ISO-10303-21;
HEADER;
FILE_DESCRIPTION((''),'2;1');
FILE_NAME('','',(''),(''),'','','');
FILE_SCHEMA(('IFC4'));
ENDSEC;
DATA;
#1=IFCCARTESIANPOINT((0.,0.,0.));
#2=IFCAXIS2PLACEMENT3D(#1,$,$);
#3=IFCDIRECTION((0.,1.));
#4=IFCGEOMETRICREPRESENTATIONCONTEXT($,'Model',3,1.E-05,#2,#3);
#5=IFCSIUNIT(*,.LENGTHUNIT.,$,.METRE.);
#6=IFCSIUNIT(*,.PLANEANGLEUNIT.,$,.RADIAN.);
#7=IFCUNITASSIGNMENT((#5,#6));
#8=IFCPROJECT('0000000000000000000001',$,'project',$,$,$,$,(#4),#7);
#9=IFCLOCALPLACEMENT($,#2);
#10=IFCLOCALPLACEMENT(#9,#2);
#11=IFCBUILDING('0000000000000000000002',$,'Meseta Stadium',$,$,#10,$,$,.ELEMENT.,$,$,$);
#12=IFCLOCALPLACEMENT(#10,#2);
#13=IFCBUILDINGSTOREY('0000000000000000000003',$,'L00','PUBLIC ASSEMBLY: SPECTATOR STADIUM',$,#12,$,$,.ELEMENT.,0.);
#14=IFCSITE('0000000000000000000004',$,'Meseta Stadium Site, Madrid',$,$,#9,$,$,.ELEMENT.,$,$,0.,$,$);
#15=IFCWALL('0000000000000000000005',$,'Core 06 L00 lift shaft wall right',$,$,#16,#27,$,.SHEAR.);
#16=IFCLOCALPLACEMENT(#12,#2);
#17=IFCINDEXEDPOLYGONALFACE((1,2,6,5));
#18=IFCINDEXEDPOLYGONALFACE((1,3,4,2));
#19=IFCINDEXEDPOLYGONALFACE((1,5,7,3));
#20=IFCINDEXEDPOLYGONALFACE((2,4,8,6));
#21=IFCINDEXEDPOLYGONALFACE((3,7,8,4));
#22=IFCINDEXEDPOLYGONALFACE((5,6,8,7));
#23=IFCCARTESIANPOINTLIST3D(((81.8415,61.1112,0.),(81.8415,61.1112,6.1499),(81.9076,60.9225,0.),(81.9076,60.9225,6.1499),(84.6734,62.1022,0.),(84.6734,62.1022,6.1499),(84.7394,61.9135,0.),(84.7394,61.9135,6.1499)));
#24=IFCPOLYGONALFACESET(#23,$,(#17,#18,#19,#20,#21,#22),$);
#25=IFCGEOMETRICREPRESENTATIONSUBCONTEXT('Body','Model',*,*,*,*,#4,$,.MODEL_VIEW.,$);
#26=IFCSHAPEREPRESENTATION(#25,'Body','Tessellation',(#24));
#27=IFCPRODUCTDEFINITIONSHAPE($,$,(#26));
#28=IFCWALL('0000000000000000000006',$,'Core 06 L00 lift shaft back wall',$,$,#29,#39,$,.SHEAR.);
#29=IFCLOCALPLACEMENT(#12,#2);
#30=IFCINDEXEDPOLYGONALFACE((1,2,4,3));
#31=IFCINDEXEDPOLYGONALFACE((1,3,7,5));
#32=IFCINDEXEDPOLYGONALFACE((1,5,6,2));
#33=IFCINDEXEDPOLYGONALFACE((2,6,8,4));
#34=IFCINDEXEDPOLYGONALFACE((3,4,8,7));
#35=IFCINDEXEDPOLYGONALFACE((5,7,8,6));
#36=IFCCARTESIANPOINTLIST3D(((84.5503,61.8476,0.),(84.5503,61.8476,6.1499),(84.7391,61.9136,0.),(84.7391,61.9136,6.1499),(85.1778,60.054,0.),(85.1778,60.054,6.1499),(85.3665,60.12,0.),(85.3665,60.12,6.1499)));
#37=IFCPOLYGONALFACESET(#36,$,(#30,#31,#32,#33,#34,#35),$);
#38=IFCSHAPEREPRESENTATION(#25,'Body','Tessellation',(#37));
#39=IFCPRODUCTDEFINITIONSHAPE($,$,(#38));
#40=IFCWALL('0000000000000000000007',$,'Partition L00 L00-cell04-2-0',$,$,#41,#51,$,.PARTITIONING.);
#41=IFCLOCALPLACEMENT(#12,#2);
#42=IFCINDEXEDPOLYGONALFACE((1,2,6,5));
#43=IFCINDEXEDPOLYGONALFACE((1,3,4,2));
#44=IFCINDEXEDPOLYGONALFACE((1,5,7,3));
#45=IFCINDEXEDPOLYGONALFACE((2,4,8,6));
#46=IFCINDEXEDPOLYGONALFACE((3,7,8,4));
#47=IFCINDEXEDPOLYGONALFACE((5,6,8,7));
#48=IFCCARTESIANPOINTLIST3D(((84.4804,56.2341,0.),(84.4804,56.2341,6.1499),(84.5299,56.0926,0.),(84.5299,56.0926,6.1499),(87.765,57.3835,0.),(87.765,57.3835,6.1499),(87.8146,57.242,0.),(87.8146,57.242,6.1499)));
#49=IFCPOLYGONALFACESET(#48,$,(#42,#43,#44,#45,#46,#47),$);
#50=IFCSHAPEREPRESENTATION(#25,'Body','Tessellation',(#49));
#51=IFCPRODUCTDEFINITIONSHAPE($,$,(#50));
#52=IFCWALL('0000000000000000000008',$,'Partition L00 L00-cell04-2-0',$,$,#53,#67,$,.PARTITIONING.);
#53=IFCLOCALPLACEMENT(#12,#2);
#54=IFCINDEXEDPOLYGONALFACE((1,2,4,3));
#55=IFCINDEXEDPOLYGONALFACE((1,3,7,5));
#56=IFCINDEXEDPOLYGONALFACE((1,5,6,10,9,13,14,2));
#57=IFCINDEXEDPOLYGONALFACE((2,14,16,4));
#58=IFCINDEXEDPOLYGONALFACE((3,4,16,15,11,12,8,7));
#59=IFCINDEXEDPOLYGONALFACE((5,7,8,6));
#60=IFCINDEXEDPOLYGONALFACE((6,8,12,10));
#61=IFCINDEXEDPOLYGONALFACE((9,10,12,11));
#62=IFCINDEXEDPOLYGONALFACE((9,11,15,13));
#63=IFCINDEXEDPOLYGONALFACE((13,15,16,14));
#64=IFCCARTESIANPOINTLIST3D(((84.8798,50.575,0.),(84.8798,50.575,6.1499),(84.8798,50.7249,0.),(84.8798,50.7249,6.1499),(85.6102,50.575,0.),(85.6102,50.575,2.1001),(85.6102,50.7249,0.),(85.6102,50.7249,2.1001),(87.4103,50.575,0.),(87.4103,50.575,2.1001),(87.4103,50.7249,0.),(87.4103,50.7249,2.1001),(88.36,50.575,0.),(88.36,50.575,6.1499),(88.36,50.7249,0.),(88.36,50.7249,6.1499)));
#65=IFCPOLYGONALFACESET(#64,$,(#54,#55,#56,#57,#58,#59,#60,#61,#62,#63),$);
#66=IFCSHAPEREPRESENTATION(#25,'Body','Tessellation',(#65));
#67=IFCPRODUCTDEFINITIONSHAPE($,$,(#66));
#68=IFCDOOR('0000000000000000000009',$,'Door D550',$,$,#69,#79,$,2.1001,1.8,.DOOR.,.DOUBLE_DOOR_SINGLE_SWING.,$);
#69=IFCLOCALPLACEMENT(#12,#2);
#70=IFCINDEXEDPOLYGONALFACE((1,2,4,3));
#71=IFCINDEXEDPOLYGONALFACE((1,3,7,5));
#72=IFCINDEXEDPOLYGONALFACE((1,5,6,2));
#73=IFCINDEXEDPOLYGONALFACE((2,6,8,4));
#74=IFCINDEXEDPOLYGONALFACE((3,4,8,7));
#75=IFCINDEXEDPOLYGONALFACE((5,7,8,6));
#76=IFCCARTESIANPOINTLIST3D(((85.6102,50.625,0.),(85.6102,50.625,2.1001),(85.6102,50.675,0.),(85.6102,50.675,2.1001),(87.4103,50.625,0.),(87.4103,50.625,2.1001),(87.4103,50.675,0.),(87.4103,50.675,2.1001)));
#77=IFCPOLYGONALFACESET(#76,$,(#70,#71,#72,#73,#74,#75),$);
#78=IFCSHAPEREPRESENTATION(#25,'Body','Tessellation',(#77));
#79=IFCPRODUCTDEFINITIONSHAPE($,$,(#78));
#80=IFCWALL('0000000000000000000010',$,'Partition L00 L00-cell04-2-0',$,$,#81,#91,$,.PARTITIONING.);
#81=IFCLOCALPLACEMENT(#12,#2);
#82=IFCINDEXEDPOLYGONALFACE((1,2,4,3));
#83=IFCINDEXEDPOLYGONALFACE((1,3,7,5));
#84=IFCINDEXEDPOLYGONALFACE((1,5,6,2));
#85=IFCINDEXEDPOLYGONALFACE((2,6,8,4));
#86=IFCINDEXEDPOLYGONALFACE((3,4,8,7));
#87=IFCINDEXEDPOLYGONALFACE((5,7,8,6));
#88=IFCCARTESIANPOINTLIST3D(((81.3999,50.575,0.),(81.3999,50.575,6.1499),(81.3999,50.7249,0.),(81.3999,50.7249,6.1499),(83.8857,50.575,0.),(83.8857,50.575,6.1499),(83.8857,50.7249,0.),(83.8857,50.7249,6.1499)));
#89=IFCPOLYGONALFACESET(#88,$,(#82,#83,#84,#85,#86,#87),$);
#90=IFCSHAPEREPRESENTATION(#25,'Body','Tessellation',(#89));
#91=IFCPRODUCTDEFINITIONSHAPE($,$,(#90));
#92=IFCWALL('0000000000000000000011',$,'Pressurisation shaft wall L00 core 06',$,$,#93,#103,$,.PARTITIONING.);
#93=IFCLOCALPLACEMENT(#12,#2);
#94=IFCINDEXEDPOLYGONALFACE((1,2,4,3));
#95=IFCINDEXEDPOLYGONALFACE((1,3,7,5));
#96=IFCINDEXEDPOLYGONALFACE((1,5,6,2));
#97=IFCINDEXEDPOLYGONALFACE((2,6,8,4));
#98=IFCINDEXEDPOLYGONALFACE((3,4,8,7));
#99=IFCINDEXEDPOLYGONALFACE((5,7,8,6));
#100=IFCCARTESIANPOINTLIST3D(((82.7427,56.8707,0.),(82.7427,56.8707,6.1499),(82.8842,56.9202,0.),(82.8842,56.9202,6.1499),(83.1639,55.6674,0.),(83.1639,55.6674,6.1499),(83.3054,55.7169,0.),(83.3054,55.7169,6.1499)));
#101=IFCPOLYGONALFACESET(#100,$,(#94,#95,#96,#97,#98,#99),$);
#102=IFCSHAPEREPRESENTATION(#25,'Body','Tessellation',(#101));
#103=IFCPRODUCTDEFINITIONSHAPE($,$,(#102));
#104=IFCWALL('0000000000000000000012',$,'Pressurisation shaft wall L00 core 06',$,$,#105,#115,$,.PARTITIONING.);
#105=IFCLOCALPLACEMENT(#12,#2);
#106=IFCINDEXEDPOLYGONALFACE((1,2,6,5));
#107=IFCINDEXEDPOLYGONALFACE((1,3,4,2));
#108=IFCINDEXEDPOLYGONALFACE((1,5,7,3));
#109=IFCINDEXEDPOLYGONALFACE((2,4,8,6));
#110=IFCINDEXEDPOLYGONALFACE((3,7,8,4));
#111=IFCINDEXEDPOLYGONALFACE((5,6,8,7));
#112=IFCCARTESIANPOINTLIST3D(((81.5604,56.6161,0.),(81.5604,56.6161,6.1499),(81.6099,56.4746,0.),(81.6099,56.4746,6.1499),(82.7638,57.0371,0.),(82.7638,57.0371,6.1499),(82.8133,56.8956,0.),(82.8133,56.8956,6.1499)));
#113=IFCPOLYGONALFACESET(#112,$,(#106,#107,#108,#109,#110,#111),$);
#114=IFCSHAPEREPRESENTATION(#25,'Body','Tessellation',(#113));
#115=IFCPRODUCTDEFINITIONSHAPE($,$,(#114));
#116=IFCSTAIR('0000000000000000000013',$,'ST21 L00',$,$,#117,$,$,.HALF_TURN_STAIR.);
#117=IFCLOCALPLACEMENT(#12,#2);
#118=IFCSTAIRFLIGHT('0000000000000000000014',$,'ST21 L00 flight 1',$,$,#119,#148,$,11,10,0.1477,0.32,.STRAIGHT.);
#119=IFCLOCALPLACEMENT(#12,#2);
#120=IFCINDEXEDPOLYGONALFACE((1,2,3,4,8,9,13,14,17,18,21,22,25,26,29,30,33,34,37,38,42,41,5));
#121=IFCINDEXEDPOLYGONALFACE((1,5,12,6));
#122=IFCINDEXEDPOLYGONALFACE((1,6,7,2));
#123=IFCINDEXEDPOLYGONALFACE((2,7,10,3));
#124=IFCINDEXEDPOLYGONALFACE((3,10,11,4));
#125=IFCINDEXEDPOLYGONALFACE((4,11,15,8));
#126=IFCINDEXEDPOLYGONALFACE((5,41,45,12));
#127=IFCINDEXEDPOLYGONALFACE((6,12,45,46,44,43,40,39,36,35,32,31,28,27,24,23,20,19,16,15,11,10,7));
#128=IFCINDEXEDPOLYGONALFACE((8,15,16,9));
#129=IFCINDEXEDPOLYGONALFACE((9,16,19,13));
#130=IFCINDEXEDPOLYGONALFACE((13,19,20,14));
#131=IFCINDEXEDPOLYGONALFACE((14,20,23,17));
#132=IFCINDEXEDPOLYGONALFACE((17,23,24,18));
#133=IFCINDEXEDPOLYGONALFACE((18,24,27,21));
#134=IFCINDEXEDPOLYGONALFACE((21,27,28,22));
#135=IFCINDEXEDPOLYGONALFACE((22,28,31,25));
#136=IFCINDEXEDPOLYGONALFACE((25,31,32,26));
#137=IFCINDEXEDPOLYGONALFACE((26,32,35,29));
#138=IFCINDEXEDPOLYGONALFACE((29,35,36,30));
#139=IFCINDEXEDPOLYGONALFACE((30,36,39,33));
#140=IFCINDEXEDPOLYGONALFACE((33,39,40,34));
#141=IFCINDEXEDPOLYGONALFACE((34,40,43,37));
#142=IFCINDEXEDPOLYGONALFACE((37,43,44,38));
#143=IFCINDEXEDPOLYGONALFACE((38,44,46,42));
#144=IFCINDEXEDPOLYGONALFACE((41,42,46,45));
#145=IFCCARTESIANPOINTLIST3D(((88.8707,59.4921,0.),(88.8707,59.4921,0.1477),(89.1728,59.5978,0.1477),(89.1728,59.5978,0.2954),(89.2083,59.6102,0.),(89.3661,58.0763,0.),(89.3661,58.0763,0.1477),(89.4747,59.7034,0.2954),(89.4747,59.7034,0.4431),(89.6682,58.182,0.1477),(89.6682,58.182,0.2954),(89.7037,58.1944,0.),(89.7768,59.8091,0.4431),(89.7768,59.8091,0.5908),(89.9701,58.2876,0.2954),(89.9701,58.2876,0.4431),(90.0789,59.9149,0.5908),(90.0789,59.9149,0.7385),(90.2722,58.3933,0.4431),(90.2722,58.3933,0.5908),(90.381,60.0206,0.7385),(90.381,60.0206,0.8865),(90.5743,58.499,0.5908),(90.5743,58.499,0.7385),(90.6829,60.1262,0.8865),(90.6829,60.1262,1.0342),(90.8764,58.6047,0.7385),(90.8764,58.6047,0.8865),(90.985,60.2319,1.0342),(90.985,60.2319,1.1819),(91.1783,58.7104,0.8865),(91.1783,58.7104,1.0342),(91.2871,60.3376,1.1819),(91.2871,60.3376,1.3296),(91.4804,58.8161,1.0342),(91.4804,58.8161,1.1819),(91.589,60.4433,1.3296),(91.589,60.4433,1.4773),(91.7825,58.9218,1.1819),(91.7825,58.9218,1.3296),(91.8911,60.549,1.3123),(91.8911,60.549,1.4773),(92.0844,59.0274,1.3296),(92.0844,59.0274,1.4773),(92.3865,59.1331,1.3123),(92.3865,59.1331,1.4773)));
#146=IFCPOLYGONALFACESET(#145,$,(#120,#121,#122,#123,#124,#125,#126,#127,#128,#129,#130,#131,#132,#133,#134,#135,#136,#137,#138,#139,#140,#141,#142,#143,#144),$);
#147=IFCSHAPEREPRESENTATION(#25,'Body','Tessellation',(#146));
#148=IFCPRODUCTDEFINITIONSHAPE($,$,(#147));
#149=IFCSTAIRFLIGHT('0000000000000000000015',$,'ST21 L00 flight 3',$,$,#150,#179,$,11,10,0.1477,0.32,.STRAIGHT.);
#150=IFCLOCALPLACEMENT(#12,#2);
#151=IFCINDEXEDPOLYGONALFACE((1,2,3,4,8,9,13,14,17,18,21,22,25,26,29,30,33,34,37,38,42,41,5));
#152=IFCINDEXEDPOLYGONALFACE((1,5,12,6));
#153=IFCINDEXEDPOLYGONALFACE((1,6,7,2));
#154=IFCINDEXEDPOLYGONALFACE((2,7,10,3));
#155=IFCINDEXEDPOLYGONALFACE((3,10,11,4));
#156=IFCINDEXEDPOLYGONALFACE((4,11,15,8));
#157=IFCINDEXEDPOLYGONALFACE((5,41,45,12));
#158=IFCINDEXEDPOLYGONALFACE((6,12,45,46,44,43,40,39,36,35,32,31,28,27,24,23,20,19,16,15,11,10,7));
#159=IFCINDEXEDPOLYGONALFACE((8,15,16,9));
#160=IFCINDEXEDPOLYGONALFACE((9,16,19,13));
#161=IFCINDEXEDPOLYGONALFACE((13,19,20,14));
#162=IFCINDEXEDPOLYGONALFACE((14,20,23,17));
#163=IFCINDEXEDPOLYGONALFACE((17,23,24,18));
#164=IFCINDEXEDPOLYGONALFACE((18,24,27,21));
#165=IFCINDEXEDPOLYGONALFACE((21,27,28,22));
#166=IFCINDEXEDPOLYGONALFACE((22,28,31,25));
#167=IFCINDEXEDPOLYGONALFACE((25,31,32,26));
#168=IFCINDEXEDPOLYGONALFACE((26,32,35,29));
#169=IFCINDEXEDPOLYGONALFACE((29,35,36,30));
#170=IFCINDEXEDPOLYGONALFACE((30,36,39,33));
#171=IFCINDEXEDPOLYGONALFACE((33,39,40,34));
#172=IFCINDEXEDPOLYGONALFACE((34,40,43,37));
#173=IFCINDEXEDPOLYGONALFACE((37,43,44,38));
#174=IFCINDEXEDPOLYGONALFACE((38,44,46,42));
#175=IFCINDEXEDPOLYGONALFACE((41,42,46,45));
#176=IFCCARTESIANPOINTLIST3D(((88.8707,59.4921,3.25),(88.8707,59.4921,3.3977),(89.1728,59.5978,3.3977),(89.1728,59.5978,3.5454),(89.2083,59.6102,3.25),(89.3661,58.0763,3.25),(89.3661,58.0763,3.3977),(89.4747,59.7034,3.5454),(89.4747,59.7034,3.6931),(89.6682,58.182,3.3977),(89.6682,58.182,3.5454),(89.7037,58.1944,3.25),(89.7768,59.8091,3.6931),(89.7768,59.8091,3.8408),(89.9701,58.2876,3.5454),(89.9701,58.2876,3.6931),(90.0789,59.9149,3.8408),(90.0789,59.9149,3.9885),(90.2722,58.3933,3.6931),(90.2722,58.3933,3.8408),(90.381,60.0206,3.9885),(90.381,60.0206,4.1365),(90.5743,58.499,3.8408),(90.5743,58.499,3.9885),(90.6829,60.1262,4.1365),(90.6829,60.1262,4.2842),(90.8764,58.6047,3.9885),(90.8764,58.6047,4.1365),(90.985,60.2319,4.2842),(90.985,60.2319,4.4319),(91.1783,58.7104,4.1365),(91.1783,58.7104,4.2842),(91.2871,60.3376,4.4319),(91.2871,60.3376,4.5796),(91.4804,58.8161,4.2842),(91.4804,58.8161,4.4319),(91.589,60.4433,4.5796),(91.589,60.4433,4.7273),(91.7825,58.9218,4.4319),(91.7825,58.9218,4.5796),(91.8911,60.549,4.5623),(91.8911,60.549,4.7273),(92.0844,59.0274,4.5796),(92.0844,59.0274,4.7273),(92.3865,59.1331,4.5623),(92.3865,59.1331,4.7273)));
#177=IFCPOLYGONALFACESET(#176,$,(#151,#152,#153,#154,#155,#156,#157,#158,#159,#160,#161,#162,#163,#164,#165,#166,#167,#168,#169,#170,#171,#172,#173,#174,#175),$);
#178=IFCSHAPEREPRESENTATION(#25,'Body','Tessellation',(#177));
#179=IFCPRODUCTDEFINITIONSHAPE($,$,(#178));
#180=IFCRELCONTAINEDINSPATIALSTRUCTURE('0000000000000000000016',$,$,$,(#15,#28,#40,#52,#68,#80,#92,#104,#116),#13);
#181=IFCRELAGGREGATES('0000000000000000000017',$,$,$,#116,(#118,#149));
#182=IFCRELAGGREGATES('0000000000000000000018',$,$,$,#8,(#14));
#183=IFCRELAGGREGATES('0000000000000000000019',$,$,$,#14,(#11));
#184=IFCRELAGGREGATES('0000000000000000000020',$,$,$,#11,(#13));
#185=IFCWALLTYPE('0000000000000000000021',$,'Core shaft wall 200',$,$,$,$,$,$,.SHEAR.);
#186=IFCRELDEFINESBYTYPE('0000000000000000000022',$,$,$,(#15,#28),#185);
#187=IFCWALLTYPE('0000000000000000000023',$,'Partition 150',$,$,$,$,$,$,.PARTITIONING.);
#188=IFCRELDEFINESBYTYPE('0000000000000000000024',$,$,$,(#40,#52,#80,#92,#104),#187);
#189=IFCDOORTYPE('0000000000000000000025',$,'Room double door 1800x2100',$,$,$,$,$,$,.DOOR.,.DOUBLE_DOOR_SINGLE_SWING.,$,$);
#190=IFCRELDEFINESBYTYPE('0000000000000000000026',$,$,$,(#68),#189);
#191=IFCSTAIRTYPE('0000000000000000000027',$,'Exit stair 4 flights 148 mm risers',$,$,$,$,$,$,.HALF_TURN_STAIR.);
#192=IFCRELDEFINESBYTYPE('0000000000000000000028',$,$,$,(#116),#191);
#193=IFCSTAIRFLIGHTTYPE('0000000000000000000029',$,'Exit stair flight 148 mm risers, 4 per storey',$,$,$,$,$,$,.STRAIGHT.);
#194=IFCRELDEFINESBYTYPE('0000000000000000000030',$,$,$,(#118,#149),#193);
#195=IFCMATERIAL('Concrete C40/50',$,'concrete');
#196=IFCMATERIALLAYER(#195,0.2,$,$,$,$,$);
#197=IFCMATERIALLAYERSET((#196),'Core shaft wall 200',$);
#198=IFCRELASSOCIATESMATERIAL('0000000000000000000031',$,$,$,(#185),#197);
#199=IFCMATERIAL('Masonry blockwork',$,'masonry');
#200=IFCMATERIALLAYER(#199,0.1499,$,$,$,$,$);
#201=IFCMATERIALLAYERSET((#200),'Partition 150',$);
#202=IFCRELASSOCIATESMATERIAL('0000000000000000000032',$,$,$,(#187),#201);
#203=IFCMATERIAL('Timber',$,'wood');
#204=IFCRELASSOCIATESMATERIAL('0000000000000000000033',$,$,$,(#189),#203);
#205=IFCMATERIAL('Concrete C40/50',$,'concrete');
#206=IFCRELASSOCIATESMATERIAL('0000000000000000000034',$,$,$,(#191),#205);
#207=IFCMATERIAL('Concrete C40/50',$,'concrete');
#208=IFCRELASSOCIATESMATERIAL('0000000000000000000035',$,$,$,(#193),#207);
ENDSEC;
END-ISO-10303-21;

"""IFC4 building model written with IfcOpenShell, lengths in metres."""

from ifc_helpers import new_model, si_unit, direction, frame, frame_2d, origin, place, context, subcontext, project, spatial, polyline, rectangle, outline, extrude, material, layer, layer_set, type_object, element, fill, aggregate, save


model = new_model("IFC4")

# Units and contexts
model_context = context("Model", 3, precision=1e-05, world=origin(), true_north=direction((0.0, 1.0)))
body_context = subcontext(model_context, "Body", "Model", "MODEL_VIEW")
ifc_project = project(units=[si_unit("LENGTHUNIT", "METRE"), si_unit("PLANEANGLEUNIT", "RADIAN")], contexts=[model_context])

# Site, building, storey
site_placement = place(None, origin())
site = spatial("IfcSite", under=ifc_project, at=site_placement, Name="Meseta Stadium Site, Madrid", CompositionType="ELEMENT", RefElevation=0.0)
building_placement = place(site_placement, origin())
building = spatial("IfcBuilding", under=site, at=building_placement, Name="Meseta Stadium", CompositionType="ELEMENT")
storey_placement = place(building_placement, origin())
storey = spatial("IfcBuildingStorey", under=building, at=storey_placement, Name="L00", Description="PUBLIC ASSEMBLY: SPECTATOR STADIUM", CompositionType="ELEMENT", Elevation=0.0)

# Shared definitions
ifc_material_1 = material(Name="Concrete C40/50", Category="concrete")
ifc_layer_1 = layer(ifc_material_1, 0.2)
ifc_layer_set_1 = layer_set([ifc_layer_1], Name="Core shaft wall 200")
wall_type_1 = type_object("IfcWallType", Name="Core shaft wall 200", PredefinedType="SHEAR", material=ifc_layer_set_1)

# Walls
wall_1_placement = place(storey_placement, frame((84.7063, 62.0078, 0.0), z_axis=(0.0, 0.0, 1.0), x_axis=(-0.943875, -0.330303, 0.0)))
element("IfcWall", 1, at=wall_1_placement, inside=storey, type_object=wall_type_1, Name="Core 06 L00 lift shaft wall right", PredefinedType="SHEAR", context=body_context, shape_type="SweptSolid", body=[
    extrude(rectangle(XDim=3.0002, YDim=0.2, at=frame_2d((1.5, 0.0))), origin(), (0.0, 0.0, 1.0), 6.1499),
])
wall_2_placement = place(storey_placement, frame((85.2722, 60.0869, 0.0), z_axis=(0.0, 0.0, 1.0), x_axis=(-0.330225, 0.943902, 0.0)))
element("IfcWall", 2, at=wall_2_placement, inside=storey, type_object=wall_type_1, Name="Core 06 L00 lift shaft back wall", PredefinedType="SHEAR", context=body_context, shape_type="SweptSolid", body=[
    extrude(rectangle(XDim=1.9001, YDim=0.2, at=frame_2d((0.9502, 0.0))), origin(), (0.0, 0.0, 1.0), 6.1499),
])
ifc_material_2 = material(Name="Masonry blockwork", Category="masonry")
ifc_layer_2 = layer(ifc_material_2, 0.1499)
ifc_layer_set_2 = layer_set([ifc_layer_2], Name="Partition 150")
wall_type_2 = type_object("IfcWallType", Name="Partition 150", PredefinedType="PARTITIONING", material=ifc_layer_set_2)
wall_3_placement = place(storey_placement, frame((84.5051, 56.1633, 0.0), z_axis=(0.0, 0.0, 1.0), x_axis=(0.943878, 0.330294, 0.0)))
element("IfcWall", 3, at=wall_3_placement, inside=storey, type_object=wall_type_2, Name="Partition L00 L00-cell04-2-0", PredefinedType="PARTITIONING", context=body_context, shape_type="SweptSolid", body=[
    extrude(rectangle(XDim=3.48, YDim=0.1499, at=frame_2d((1.74, 0.0))), origin(), (0.0, 0.0, 1.0), 6.1499),
])

# Wall, opening, door
wall_4_placement = place(storey_placement, frame((88.3601, 50.6499, 0.0), z_axis=(0.0, 0.0, 1.0), x_axis=(-1.0, 0.0, 0.0)))
wall_4 = element("IfcWall", 4, at=wall_4_placement, inside=storey, type_object=wall_type_2, Name="Partition L00 L00-cell04-2-0", PredefinedType="PARTITIONING", context=body_context, shape_type="SweptSolid", body=[
    extrude(rectangle(XDim=3.4802, YDim=0.1499, at=frame_2d((1.7402, 0.0))), origin(), (0.0, 0.0, 1.0), 6.1499),
])
opening_1_placement = place(wall_4_placement, frame((0.95, 0.0, 0.0)))
opening_1 = element("IfcOpeningElement", 5, at=opening_1_placement, cuts=wall_4, PredefinedType="OPENING", context=body_context, shape_type="SweptSolid", body=[
    extrude(rectangle(XDim=1.8, YDim=2.1001, at=frame_2d((0.8999, 1.05))), frame((0.0, 0.085, 0.0), z_axis=(0.0, -1.0, 0.0), x_axis=(1.0, 0.0, 0.0)), (0.0, 0.0, 1.0), 0.1699),
])
ifc_material_3 = material(Name="Timber", Category="wood")
door_type_1 = type_object("IfcDoorType", Name="Room double door 1800x2100", OperationType="DOUBLE_DOOR_SINGLE_SWING", PredefinedType="DOOR", material=ifc_material_3)
door_1_placement = place(opening_1_placement, origin())
door_1 = element("IfcDoor", 6, at=door_1_placement, inside=storey, type_object=door_type_1, Name="Door D550", OperationType="DOUBLE_DOOR_SINGLE_SWING", OverallHeight=2.1001, OverallWidth=1.8, PredefinedType="DOOR", context=body_context, shape_type="SweptSolid", body=[
    extrude(rectangle(XDim=1.8, YDim=2.1001, at=frame_2d((0.8999, 1.05))), frame((0.0, 0.0249, 0.0), z_axis=(0.0, -1.0, 0.0), x_axis=(1.0, 0.0, 0.0)), (0.0, 0.0, 1.0), 0.05),
])
fill(opening_1, door_1)

# Walls
wall_5_placement = place(storey_placement, frame((83.8857, 50.6499, 0.0), z_axis=(0.0, 0.0, 1.0), x_axis=(-1.0, 0.0, 0.0)))
element("IfcWall", 7, at=wall_5_placement, inside=storey, type_object=wall_type_2, Name="Partition L00 L00-cell04-2-0", PredefinedType="PARTITIONING", context=body_context, shape_type="SweptSolid", body=[
    extrude(rectangle(XDim=2.4858, YDim=0.1499, at=frame_2d((1.2429, 0.0))), origin(), (0.0, 0.0, 1.0), 6.1499),
])
for number, where, z_axis, x_axis, name in (
    (8, (83.2346, 55.6921, 0.0), (0.0, 0.0, 1.0), (-0.330325, 0.943867, 0.0), "Pressurisation shaft wall L00 core 06"),
    (9, (82.7886, 56.9663, 0.0), (0.0, 0.0, 1.0), (-0.943927, -0.330154, 0.0), "Pressurisation shaft wall L00 core 06"),
):
    element("IfcWall", number, at=place(storey_placement, frame(where, z_axis=z_axis, x_axis=x_axis)), inside=storey, type_object=wall_type_2, Name=name, PredefinedType="PARTITIONING", context=body_context, shape_type="SweptSolid", body=[
        extrude(rectangle(XDim=1.2749, YDim=0.1499, at=frame_2d((0.6375, 0.0))), origin(), (0.0, 0.0, 1.0), 6.1499),
    ])

# Stair, stair flights
ifc_material_4 = material(Name="Concrete C40/50", Category="concrete")
stair_type = type_object("IfcStairType", Name="Exit stair 4 flights 148 mm risers", PredefinedType="HALF_TURN_STAIR", material=ifc_material_4)
stair_1_placement = place(storey_placement, origin())
stair_1 = element("IfcStair", 10, at=stair_1_placement, inside=storey, type_object=stair_type, Name="ST21 L00", PredefinedType="HALF_TURN_STAIR")
ifc_material_5 = material(Name="Concrete C40/50", Category="concrete")
stair_flight_type = type_object("IfcStairFlightType", Name="Exit stair flight 148 mm risers, 4 per storey", PredefinedType="STRAIGHT", material=ifc_material_5)
stair_flight_1_placement = place(storey_placement, frame((89.1184, 58.7842, 0.0), z_axis=(0.0, 0.0, 1.0), x_axis=(0.943883, 0.330279, 0.0)))
stair_flight_1 = element("IfcStairFlight", 11, at=stair_flight_1_placement, type_object=stair_flight_type, Name="ST21 L00 flight 1", NumberOfRisers=11, NumberOfTreads=10, PredefinedType="STRAIGHT", RiserHeight=0.1477, TreadLength=0.32, context=body_context, shape_type="SweptSolid", body=[
    extrude(outline(polyline([(0.0, 0.0), (0.0, 0.1477), (0.3201, 0.1477), (0.3201, 0.2954), (0.6399, 0.2954), (0.6399, 0.4431), (0.96, 0.4431), (0.96, 0.5908), (1.28, 0.5908), (1.28, 0.7385), (1.6001, 0.7385), (1.6001, 0.8865), (1.9199, 0.8865), (1.9199, 1.0342), (2.24, 1.0342), (2.24, 1.1819), (2.5601, 1.1819), (2.5601, 1.3296), (2.8799, 1.3296), (2.8799, 1.4773), (3.2, 1.4773), (3.2, 1.3123), (0.3577, 0.0), (0.0, 0.0)])), frame((0.0, 0.75, 0.0), z_axis=(0.0, -1.0, 0.0), x_axis=(1.0, 0.0, 0.0)), (0.0, 0.0, 1.0), 1.5),
])
stair_flight_2_placement = place(storey_placement, frame((89.1184, 58.7842, 3.25), z_axis=(0.0, 0.0, 1.0), x_axis=(0.943883, 0.330279, 0.0)))
stair_flight_2 = element("IfcStairFlight", 12, at=stair_flight_2_placement, type_object=stair_flight_type, Name="ST21 L00 flight 3", NumberOfRisers=11, NumberOfTreads=10, PredefinedType="STRAIGHT", RiserHeight=0.1477, TreadLength=0.32, context=body_context, shape_type="SweptSolid", body=[
    extrude(outline(polyline([(0.0, 0.0), (0.0, 0.1477), (0.3201, 0.1477), (0.3201, 0.2954), (0.6399, 0.2954), (0.6399, 0.4431), (0.96, 0.4431), (0.96, 0.5908), (1.28, 0.5908), (1.28, 0.7385), (1.6001, 0.7385), (1.6001, 0.8865), (1.9199, 0.8865), (1.9199, 1.0342), (2.24, 1.0342), (2.24, 1.1819), (2.5601, 1.1819), (2.5601, 1.3296), (2.8799, 1.3296), (2.8799, 1.4773), (3.2, 1.4773), (3.2, 1.3123), (0.3577, 0.0), (0.0, 0.0)])), frame((0.0, 0.75, 0.0), z_axis=(0.0, -1.0, 0.0), x_axis=(1.0, 0.0, 0.0)), (0.0, 0.0, 1.0), 1.5),
])
aggregate(stair_1, [stair_flight_1, stair_flight_2])

save(model, "model.ifc")
